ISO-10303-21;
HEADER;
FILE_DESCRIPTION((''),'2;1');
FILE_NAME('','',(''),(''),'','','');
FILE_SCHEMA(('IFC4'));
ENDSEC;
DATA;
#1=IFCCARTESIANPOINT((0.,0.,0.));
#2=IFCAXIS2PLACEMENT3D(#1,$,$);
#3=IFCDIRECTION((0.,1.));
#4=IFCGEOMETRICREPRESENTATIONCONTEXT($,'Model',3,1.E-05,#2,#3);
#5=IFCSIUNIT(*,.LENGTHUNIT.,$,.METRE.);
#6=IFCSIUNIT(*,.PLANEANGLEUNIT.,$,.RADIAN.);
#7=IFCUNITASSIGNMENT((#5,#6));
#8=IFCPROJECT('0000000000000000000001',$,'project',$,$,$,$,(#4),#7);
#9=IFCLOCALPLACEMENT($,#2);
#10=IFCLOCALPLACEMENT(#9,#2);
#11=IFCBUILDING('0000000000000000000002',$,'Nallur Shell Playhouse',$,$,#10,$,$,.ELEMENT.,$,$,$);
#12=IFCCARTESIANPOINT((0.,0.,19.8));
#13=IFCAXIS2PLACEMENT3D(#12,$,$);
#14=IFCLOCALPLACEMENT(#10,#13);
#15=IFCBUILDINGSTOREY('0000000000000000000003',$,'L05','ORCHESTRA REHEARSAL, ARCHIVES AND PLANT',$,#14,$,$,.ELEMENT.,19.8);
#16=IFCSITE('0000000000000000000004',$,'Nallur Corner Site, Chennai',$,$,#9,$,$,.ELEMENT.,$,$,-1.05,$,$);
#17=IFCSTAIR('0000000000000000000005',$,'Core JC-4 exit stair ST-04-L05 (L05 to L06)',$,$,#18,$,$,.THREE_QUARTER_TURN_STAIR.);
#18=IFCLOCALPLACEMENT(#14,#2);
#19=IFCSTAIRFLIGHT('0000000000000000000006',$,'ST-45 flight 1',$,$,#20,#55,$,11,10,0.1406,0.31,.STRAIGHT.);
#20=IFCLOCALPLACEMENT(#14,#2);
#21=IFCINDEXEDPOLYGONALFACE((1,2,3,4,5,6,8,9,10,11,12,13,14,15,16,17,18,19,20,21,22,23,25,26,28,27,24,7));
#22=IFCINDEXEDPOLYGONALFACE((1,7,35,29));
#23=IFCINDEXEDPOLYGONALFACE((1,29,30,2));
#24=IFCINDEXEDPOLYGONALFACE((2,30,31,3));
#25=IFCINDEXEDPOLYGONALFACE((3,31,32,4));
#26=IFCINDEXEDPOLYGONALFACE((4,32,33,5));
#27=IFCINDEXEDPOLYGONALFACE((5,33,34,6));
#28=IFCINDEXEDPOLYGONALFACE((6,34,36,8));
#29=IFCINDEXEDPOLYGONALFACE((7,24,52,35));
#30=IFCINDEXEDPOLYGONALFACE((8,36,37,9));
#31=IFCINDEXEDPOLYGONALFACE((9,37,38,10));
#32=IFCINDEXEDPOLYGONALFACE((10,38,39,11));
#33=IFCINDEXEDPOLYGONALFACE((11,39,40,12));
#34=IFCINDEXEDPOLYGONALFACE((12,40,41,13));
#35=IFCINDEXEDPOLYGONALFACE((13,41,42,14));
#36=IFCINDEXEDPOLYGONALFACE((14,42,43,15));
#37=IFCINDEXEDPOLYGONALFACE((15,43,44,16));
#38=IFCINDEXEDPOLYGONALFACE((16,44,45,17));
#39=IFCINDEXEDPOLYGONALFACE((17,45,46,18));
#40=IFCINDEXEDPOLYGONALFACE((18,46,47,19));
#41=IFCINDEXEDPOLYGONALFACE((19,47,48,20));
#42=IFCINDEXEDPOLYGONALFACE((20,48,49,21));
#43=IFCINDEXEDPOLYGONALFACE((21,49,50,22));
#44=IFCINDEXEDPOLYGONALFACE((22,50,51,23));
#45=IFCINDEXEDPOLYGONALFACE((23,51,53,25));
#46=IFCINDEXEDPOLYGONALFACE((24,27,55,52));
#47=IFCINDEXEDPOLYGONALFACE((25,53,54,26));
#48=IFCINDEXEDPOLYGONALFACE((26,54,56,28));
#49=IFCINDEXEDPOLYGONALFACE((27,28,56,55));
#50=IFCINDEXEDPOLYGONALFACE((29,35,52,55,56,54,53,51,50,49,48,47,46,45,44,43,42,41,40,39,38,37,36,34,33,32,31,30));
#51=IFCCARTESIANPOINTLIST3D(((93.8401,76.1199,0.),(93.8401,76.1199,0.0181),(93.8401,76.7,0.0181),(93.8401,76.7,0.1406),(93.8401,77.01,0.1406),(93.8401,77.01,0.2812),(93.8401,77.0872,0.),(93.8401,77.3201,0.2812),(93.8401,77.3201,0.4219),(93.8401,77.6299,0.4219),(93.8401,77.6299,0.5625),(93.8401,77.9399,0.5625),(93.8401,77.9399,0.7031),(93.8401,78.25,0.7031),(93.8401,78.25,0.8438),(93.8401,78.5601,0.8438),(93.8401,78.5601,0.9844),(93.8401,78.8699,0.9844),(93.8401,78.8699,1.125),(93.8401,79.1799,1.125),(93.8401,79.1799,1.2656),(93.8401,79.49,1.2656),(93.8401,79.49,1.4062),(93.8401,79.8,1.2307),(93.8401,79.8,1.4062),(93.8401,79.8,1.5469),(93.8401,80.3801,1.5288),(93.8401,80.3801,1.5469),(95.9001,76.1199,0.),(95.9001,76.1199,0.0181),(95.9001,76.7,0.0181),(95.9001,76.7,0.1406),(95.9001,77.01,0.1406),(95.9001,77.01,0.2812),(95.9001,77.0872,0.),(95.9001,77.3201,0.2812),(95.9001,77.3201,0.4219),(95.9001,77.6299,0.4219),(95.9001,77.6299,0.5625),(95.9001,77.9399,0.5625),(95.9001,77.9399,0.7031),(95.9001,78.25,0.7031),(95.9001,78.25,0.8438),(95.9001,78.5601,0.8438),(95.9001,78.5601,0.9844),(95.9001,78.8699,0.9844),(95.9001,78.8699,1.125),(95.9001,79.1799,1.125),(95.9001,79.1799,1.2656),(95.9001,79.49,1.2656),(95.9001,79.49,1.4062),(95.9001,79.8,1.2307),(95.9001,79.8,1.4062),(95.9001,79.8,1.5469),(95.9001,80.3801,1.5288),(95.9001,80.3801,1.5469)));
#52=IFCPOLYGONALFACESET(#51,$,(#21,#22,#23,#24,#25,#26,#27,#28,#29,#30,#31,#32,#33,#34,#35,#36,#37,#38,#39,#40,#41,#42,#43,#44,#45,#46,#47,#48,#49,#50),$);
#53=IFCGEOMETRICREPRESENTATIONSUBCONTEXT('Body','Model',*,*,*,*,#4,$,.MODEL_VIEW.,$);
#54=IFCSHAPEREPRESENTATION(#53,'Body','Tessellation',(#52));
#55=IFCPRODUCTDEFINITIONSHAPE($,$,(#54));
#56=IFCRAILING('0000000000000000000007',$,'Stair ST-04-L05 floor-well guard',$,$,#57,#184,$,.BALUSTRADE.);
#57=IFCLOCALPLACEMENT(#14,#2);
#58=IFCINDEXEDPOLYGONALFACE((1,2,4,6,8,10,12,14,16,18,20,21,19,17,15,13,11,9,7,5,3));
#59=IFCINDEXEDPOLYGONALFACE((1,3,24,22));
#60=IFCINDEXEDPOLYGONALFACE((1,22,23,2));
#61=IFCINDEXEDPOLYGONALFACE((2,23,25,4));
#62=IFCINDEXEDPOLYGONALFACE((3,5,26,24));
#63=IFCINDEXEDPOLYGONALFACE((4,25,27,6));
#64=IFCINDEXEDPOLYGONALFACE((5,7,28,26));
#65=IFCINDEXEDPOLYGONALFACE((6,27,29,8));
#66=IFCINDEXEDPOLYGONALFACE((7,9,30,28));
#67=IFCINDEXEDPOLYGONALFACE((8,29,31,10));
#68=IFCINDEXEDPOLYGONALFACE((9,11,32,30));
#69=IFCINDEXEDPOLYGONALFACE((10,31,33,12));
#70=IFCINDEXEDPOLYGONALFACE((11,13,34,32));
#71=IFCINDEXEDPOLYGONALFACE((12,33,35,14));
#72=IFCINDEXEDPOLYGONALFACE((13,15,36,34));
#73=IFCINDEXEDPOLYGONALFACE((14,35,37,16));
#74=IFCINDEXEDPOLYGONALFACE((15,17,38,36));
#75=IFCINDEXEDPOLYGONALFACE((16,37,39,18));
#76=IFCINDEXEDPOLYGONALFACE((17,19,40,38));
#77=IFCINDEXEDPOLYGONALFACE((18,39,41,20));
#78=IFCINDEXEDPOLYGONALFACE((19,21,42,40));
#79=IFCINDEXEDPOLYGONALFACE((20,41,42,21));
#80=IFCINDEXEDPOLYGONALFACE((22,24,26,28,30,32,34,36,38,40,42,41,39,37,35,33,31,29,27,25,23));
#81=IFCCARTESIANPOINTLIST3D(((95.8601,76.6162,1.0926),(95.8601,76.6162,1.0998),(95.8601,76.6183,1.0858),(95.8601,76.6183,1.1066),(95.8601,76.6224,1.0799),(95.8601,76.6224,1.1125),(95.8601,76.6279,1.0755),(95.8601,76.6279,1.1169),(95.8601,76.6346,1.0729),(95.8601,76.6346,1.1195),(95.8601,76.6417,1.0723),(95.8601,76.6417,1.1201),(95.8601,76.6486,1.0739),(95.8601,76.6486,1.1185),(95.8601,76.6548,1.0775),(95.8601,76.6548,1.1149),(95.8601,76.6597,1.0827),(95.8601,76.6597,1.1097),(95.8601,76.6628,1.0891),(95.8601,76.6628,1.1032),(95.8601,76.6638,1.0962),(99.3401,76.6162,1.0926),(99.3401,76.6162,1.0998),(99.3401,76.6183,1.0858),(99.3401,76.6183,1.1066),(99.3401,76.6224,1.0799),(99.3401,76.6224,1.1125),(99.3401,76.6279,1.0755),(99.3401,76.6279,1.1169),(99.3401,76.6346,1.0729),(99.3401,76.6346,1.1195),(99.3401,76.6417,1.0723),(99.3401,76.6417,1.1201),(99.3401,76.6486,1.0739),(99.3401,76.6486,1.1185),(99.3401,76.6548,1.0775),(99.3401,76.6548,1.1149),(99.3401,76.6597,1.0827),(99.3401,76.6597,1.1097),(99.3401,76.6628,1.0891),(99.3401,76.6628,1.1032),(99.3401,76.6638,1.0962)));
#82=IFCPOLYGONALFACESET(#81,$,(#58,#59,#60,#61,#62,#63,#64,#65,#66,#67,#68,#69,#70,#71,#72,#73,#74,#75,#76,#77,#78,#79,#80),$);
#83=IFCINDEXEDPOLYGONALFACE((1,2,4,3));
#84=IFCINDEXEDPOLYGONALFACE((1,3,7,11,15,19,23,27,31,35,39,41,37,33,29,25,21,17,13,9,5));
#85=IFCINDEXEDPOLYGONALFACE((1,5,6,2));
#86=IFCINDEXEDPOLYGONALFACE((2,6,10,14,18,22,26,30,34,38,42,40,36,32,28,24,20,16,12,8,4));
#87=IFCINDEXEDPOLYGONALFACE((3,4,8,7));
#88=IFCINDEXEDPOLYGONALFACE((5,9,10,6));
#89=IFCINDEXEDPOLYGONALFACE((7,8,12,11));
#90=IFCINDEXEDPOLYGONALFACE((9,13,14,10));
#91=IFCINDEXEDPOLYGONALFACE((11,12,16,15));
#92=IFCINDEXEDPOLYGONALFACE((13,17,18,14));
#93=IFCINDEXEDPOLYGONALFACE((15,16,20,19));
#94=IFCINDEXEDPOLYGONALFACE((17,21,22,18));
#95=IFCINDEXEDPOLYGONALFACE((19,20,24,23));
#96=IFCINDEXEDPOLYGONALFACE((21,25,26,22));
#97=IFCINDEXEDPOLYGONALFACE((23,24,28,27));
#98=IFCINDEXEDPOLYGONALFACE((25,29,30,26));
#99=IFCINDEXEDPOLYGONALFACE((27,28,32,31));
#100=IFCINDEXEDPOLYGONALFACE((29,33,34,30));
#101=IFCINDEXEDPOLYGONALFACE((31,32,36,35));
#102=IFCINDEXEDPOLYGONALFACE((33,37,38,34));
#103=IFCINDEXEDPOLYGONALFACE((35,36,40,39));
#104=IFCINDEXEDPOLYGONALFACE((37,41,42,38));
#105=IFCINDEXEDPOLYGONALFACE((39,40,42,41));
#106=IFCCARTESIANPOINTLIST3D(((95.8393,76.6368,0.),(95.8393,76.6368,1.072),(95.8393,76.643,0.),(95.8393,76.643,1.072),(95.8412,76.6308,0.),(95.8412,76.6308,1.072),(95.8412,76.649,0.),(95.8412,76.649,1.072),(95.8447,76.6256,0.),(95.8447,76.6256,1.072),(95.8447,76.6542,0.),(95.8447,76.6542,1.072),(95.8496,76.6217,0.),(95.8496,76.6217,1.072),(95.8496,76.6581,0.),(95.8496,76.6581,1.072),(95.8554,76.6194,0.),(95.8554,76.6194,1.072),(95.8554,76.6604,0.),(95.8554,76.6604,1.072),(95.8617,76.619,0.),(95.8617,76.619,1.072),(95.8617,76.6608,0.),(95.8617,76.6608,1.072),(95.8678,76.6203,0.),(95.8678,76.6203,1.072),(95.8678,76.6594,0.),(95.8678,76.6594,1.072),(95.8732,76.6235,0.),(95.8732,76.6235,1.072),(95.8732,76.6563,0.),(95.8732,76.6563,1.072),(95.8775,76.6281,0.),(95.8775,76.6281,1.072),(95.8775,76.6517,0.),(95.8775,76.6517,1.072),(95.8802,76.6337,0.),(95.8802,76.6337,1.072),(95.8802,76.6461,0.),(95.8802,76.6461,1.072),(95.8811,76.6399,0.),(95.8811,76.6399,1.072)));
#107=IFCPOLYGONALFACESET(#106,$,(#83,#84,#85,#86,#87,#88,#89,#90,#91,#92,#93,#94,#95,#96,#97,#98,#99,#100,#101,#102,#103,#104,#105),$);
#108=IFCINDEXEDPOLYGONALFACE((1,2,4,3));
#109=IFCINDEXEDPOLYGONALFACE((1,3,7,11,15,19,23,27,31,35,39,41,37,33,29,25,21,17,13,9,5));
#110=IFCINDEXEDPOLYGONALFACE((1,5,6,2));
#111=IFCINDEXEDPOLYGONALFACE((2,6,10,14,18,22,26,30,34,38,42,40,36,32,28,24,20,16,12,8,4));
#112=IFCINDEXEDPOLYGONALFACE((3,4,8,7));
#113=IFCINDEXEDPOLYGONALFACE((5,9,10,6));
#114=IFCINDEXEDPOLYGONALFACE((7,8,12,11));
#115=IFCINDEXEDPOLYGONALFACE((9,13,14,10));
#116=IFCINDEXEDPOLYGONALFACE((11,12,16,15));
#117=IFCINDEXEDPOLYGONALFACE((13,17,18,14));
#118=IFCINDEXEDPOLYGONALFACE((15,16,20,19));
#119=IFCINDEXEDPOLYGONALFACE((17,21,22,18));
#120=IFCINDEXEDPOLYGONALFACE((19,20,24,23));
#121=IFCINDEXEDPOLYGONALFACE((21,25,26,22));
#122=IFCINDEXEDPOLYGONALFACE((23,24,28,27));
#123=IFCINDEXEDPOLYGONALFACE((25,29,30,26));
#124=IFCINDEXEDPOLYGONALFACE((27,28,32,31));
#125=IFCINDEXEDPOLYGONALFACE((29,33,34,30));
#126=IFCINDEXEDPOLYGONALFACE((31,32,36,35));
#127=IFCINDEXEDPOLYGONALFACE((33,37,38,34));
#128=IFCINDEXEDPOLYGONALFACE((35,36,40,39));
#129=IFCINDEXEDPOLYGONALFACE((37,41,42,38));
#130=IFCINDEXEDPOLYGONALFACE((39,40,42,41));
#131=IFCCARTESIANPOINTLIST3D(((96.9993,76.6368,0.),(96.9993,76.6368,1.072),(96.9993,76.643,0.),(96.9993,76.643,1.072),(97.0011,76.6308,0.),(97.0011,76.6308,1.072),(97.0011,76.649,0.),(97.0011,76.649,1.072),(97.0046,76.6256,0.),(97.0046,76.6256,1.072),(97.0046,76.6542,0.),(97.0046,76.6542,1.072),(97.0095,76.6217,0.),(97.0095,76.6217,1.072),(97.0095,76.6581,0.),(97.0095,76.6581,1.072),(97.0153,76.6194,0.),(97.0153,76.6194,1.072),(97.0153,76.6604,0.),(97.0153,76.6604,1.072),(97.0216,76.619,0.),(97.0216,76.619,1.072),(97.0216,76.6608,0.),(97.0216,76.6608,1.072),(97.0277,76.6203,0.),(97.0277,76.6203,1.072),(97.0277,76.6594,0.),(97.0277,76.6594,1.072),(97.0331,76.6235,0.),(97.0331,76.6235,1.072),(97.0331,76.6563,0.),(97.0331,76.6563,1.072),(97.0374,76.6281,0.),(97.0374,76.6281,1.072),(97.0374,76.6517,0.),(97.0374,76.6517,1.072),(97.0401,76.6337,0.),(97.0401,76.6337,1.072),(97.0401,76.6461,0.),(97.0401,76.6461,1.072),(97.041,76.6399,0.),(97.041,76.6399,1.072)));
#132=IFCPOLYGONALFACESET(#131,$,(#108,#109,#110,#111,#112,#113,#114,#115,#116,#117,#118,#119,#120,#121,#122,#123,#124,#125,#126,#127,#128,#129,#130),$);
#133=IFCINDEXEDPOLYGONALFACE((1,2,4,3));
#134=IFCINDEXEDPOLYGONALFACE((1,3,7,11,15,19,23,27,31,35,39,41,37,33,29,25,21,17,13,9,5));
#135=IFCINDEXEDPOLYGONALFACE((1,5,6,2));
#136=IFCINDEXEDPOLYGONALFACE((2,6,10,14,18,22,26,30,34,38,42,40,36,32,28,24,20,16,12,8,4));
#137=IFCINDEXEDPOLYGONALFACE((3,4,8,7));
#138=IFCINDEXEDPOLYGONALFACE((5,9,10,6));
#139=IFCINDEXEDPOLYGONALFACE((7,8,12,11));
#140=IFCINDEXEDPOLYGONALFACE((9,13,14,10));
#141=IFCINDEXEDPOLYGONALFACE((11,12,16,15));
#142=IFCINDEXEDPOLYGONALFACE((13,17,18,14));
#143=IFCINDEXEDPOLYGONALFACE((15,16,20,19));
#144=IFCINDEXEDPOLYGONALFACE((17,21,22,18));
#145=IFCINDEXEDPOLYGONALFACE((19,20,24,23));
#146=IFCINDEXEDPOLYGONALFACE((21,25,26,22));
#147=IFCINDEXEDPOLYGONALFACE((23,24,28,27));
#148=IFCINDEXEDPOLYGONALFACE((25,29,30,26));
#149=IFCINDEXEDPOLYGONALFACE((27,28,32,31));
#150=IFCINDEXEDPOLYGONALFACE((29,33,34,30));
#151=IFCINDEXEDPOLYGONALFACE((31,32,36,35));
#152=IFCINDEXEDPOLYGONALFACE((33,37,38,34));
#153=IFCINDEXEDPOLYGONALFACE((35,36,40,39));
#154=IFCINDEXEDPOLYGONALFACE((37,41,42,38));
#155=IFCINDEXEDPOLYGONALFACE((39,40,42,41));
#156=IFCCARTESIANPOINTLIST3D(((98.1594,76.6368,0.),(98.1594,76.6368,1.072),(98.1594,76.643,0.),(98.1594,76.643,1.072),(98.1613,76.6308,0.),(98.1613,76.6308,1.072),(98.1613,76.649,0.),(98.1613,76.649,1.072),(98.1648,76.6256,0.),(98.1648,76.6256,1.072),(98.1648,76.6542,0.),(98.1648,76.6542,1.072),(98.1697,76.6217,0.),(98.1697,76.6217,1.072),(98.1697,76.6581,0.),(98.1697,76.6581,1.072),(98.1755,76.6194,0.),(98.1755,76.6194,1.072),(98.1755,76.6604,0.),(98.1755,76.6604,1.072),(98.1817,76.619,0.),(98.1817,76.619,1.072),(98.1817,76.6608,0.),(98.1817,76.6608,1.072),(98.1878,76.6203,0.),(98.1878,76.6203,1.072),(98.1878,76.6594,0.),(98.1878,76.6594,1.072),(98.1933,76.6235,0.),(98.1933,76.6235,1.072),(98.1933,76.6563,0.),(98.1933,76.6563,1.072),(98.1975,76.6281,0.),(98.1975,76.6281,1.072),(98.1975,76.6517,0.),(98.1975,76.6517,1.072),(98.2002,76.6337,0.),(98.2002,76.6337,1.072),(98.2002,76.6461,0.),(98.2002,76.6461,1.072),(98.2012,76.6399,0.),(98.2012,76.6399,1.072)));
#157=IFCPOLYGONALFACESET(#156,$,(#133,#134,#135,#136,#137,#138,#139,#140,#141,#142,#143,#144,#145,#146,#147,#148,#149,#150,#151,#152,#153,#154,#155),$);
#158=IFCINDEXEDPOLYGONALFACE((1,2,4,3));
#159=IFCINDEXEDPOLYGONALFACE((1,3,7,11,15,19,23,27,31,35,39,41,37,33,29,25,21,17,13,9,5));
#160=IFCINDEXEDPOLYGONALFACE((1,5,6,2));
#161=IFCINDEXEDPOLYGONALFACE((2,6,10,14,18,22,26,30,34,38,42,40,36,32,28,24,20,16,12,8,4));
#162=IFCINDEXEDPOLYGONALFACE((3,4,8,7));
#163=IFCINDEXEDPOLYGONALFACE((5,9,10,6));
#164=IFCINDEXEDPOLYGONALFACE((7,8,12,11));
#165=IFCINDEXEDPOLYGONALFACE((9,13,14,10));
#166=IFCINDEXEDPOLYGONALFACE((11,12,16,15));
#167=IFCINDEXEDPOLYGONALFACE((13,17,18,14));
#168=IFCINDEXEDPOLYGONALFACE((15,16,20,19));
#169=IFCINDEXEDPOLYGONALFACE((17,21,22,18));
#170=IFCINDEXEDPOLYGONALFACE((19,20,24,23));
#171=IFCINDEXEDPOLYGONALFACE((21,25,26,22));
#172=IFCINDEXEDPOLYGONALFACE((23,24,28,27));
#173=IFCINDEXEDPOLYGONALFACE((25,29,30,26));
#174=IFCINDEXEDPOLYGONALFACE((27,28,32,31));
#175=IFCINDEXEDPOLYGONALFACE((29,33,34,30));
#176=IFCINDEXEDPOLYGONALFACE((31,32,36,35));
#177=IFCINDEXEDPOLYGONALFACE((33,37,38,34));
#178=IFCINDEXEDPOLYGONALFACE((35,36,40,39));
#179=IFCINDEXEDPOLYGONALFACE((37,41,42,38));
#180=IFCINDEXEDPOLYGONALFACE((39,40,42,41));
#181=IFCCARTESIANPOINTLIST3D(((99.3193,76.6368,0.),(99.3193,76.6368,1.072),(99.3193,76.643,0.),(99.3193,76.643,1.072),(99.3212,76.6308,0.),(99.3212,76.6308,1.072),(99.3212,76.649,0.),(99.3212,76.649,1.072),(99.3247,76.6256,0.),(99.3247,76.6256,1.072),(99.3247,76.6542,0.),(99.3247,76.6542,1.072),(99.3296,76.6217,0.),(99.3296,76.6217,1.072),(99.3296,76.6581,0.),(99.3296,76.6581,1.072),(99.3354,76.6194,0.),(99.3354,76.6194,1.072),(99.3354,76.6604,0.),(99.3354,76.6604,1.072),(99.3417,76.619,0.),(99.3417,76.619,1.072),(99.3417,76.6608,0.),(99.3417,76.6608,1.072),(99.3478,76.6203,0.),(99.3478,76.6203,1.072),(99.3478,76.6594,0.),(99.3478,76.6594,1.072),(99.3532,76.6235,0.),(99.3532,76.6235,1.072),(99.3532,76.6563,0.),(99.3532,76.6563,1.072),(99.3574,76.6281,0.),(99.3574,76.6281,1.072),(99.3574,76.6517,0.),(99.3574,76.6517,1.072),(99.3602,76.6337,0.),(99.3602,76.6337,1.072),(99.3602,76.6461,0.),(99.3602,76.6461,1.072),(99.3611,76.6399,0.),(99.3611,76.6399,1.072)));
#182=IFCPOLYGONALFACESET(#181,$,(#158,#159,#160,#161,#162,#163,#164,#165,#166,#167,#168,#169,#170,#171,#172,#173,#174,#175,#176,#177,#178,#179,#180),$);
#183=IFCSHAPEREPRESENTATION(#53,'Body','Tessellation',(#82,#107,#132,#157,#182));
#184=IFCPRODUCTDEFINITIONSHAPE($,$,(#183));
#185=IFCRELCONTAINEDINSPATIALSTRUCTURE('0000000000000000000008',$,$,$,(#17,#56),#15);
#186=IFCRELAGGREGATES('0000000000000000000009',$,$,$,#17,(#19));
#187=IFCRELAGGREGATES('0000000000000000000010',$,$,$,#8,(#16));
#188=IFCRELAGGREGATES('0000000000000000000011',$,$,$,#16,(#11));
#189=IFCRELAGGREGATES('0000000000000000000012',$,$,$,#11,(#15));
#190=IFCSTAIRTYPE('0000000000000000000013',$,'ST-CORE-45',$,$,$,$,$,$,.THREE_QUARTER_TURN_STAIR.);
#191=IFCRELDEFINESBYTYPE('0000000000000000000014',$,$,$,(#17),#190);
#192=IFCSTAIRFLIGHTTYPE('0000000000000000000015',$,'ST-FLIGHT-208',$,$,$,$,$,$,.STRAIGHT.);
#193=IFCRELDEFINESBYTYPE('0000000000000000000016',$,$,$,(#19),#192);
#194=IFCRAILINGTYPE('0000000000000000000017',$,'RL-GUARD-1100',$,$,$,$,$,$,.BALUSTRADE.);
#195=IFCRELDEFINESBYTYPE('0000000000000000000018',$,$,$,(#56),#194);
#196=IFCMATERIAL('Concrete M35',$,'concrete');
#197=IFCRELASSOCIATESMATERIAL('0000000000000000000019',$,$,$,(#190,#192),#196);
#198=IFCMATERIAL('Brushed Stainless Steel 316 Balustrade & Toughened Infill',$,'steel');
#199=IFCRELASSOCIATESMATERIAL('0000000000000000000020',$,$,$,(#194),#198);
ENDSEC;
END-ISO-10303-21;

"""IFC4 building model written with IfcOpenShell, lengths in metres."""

from ifc_helpers import new_model, si_unit, direction, frame, origin, origin_2d, place, context, subcontext, project, spatial, polyline, circle, outline, extrude, material, type_object, element, aggregate, save


model = new_model("IFC4")

# Units and contexts
model_context = context("Model", 3, precision=1e-05, world=origin(), true_north=direction((0.0, 1.0)))
body_context = subcontext(model_context, "Body", "Model", "MODEL_VIEW")
ifc_project = project(units=[si_unit("LENGTHUNIT", "METRE"), si_unit("PLANEANGLEUNIT", "RADIAN")], contexts=[model_context])

# Site, building, storey
site_placement = place(None, origin())
site = spatial("IfcSite", under=ifc_project, at=site_placement, Name="Nallur Corner Site, Chennai", CompositionType="ELEMENT", RefElevation=-1.05)
building_placement = place(site_placement, origin())
building = spatial("IfcBuilding", under=site, at=building_placement, Name="Nallur Shell Playhouse", CompositionType="ELEMENT")
storey_placement = place(building_placement, frame((0.0, 0.0, 19.8)))
storey = spatial("IfcBuildingStorey", under=building, at=storey_placement, Name="L05", Description="ORCHESTRA REHEARSAL, ARCHIVES AND PLANT", CompositionType="ELEMENT", Elevation=19.8)

# Stair, stair flight
ifc_material_1 = material(Name="Concrete M35", Category="concrete")
stair_type = type_object("IfcStairType", Name="ST-CORE-45", PredefinedType="THREE_QUARTER_TURN_STAIR", material=ifc_material_1)
stair_placement = place(storey_placement, origin())
stair = element("IfcStair", 1, at=stair_placement, inside=storey, type_object=stair_type, Name="Core JC-4 exit stair ST-04-L05 (L05 to L06)", PredefinedType="THREE_QUARTER_TURN_STAIR")
stair_flight_type = type_object("IfcStairFlightType", Name="ST-FLIGHT-208", PredefinedType="STRAIGHT", material=ifc_material_1)
stair_flight_placement = place(storey_placement, frame((94.8701, 76.7, 0.0), z_axis=(0.0, 0.0, 1.0), x_axis=(0.0, 1.0, 0.0)))
stair_flight = element("IfcStairFlight", 2, at=stair_flight_placement, type_object=stair_flight_type, Name="ST-45 flight 1", NumberOfRisers=11, NumberOfTreads=10, PredefinedType="STRAIGHT", RiserHeight=0.1406, TreadLength=0.31, context=body_context, shape_type="SweptSolid", body=[
    extrude(outline(polyline([(-0.5801, 0.0), (-0.5801, 0.0181), (0.0, 0.0181), (0.0, 0.1406), (0.3101, 0.1406), (0.3101, 0.2812), (0.6201, 0.2812), (0.6201, 0.4219), (0.9299, 0.4219), (0.9299, 0.5625), (1.24, 0.5625), (1.24, 0.7031), (1.55, 0.7031), (1.55, 0.8438), (1.8601, 0.8438), (1.8601, 0.9844), (2.1699, 0.9844), (2.1699, 1.125), (2.48, 1.125), (2.48, 1.2656), (2.79, 1.2656), (2.79, 1.4062), (3.1001, 1.4062), (3.1001, 1.5469), (3.6802, 1.5469), (3.6802, 1.5288), (3.1001, 1.2307), (0.3872, 0.0), (-0.5801, 0.0)])), frame((0.0, 1.03, 0.0), z_axis=(0.0, -1.0, 0.0), x_axis=(1.0, 0.0, 0.0)), (0.0, 0.0, 1.0), 2.0601),
])
aggregate(stair, [stair_flight])

# Railing
ifc_material_2 = material(Name="Brushed Stainless Steel 316 Balustrade & Toughened Infill", Category="steel")
railing_type_1 = type_object("IfcRailingType", Name="RL-GUARD-1100", PredefinedType="BALUSTRADE", material=ifc_material_2)
railing_1_placement = place(storey_placement, frame((95.8601, 76.6399, 0.0)))
element("IfcRailing", 3, at=railing_1_placement, inside=storey, type_object=railing_type_1, Name="Stair ST-04-L05 floor-well guard", PredefinedType="BALUSTRADE", context=body_context, shape_type="SweptSolid", body=[
    extrude(circle(Radius=0.0239, at=origin_2d()), frame((0.0, 0.0, 1.0962), z_axis=(1.0, 0.0, 0.0), x_axis=(0.0, 1.0, 0.0)), (0.0, 0.0, 1.0), 3.48),
    extrude(circle(Radius=0.021, at=origin_2d()), origin(), (0.0, 0.0, 1.0), 1.072),
    extrude(circle(Radius=0.021, at=origin_2d()), frame((1.1599, 0.0, 0.0)), (0.0, 0.0, 1.0), 1.072),
    extrude(circle(Radius=0.021, at=origin_2d()), frame((2.3201, 0.0, 0.0)), (0.0, 0.0, 1.0), 1.072),
    extrude(circle(Radius=0.021, at=origin_2d()), frame((3.48, 0.0, 0.0)), (0.0, 0.0, 1.0), 1.072),
])

save(model, "model.ifc")
